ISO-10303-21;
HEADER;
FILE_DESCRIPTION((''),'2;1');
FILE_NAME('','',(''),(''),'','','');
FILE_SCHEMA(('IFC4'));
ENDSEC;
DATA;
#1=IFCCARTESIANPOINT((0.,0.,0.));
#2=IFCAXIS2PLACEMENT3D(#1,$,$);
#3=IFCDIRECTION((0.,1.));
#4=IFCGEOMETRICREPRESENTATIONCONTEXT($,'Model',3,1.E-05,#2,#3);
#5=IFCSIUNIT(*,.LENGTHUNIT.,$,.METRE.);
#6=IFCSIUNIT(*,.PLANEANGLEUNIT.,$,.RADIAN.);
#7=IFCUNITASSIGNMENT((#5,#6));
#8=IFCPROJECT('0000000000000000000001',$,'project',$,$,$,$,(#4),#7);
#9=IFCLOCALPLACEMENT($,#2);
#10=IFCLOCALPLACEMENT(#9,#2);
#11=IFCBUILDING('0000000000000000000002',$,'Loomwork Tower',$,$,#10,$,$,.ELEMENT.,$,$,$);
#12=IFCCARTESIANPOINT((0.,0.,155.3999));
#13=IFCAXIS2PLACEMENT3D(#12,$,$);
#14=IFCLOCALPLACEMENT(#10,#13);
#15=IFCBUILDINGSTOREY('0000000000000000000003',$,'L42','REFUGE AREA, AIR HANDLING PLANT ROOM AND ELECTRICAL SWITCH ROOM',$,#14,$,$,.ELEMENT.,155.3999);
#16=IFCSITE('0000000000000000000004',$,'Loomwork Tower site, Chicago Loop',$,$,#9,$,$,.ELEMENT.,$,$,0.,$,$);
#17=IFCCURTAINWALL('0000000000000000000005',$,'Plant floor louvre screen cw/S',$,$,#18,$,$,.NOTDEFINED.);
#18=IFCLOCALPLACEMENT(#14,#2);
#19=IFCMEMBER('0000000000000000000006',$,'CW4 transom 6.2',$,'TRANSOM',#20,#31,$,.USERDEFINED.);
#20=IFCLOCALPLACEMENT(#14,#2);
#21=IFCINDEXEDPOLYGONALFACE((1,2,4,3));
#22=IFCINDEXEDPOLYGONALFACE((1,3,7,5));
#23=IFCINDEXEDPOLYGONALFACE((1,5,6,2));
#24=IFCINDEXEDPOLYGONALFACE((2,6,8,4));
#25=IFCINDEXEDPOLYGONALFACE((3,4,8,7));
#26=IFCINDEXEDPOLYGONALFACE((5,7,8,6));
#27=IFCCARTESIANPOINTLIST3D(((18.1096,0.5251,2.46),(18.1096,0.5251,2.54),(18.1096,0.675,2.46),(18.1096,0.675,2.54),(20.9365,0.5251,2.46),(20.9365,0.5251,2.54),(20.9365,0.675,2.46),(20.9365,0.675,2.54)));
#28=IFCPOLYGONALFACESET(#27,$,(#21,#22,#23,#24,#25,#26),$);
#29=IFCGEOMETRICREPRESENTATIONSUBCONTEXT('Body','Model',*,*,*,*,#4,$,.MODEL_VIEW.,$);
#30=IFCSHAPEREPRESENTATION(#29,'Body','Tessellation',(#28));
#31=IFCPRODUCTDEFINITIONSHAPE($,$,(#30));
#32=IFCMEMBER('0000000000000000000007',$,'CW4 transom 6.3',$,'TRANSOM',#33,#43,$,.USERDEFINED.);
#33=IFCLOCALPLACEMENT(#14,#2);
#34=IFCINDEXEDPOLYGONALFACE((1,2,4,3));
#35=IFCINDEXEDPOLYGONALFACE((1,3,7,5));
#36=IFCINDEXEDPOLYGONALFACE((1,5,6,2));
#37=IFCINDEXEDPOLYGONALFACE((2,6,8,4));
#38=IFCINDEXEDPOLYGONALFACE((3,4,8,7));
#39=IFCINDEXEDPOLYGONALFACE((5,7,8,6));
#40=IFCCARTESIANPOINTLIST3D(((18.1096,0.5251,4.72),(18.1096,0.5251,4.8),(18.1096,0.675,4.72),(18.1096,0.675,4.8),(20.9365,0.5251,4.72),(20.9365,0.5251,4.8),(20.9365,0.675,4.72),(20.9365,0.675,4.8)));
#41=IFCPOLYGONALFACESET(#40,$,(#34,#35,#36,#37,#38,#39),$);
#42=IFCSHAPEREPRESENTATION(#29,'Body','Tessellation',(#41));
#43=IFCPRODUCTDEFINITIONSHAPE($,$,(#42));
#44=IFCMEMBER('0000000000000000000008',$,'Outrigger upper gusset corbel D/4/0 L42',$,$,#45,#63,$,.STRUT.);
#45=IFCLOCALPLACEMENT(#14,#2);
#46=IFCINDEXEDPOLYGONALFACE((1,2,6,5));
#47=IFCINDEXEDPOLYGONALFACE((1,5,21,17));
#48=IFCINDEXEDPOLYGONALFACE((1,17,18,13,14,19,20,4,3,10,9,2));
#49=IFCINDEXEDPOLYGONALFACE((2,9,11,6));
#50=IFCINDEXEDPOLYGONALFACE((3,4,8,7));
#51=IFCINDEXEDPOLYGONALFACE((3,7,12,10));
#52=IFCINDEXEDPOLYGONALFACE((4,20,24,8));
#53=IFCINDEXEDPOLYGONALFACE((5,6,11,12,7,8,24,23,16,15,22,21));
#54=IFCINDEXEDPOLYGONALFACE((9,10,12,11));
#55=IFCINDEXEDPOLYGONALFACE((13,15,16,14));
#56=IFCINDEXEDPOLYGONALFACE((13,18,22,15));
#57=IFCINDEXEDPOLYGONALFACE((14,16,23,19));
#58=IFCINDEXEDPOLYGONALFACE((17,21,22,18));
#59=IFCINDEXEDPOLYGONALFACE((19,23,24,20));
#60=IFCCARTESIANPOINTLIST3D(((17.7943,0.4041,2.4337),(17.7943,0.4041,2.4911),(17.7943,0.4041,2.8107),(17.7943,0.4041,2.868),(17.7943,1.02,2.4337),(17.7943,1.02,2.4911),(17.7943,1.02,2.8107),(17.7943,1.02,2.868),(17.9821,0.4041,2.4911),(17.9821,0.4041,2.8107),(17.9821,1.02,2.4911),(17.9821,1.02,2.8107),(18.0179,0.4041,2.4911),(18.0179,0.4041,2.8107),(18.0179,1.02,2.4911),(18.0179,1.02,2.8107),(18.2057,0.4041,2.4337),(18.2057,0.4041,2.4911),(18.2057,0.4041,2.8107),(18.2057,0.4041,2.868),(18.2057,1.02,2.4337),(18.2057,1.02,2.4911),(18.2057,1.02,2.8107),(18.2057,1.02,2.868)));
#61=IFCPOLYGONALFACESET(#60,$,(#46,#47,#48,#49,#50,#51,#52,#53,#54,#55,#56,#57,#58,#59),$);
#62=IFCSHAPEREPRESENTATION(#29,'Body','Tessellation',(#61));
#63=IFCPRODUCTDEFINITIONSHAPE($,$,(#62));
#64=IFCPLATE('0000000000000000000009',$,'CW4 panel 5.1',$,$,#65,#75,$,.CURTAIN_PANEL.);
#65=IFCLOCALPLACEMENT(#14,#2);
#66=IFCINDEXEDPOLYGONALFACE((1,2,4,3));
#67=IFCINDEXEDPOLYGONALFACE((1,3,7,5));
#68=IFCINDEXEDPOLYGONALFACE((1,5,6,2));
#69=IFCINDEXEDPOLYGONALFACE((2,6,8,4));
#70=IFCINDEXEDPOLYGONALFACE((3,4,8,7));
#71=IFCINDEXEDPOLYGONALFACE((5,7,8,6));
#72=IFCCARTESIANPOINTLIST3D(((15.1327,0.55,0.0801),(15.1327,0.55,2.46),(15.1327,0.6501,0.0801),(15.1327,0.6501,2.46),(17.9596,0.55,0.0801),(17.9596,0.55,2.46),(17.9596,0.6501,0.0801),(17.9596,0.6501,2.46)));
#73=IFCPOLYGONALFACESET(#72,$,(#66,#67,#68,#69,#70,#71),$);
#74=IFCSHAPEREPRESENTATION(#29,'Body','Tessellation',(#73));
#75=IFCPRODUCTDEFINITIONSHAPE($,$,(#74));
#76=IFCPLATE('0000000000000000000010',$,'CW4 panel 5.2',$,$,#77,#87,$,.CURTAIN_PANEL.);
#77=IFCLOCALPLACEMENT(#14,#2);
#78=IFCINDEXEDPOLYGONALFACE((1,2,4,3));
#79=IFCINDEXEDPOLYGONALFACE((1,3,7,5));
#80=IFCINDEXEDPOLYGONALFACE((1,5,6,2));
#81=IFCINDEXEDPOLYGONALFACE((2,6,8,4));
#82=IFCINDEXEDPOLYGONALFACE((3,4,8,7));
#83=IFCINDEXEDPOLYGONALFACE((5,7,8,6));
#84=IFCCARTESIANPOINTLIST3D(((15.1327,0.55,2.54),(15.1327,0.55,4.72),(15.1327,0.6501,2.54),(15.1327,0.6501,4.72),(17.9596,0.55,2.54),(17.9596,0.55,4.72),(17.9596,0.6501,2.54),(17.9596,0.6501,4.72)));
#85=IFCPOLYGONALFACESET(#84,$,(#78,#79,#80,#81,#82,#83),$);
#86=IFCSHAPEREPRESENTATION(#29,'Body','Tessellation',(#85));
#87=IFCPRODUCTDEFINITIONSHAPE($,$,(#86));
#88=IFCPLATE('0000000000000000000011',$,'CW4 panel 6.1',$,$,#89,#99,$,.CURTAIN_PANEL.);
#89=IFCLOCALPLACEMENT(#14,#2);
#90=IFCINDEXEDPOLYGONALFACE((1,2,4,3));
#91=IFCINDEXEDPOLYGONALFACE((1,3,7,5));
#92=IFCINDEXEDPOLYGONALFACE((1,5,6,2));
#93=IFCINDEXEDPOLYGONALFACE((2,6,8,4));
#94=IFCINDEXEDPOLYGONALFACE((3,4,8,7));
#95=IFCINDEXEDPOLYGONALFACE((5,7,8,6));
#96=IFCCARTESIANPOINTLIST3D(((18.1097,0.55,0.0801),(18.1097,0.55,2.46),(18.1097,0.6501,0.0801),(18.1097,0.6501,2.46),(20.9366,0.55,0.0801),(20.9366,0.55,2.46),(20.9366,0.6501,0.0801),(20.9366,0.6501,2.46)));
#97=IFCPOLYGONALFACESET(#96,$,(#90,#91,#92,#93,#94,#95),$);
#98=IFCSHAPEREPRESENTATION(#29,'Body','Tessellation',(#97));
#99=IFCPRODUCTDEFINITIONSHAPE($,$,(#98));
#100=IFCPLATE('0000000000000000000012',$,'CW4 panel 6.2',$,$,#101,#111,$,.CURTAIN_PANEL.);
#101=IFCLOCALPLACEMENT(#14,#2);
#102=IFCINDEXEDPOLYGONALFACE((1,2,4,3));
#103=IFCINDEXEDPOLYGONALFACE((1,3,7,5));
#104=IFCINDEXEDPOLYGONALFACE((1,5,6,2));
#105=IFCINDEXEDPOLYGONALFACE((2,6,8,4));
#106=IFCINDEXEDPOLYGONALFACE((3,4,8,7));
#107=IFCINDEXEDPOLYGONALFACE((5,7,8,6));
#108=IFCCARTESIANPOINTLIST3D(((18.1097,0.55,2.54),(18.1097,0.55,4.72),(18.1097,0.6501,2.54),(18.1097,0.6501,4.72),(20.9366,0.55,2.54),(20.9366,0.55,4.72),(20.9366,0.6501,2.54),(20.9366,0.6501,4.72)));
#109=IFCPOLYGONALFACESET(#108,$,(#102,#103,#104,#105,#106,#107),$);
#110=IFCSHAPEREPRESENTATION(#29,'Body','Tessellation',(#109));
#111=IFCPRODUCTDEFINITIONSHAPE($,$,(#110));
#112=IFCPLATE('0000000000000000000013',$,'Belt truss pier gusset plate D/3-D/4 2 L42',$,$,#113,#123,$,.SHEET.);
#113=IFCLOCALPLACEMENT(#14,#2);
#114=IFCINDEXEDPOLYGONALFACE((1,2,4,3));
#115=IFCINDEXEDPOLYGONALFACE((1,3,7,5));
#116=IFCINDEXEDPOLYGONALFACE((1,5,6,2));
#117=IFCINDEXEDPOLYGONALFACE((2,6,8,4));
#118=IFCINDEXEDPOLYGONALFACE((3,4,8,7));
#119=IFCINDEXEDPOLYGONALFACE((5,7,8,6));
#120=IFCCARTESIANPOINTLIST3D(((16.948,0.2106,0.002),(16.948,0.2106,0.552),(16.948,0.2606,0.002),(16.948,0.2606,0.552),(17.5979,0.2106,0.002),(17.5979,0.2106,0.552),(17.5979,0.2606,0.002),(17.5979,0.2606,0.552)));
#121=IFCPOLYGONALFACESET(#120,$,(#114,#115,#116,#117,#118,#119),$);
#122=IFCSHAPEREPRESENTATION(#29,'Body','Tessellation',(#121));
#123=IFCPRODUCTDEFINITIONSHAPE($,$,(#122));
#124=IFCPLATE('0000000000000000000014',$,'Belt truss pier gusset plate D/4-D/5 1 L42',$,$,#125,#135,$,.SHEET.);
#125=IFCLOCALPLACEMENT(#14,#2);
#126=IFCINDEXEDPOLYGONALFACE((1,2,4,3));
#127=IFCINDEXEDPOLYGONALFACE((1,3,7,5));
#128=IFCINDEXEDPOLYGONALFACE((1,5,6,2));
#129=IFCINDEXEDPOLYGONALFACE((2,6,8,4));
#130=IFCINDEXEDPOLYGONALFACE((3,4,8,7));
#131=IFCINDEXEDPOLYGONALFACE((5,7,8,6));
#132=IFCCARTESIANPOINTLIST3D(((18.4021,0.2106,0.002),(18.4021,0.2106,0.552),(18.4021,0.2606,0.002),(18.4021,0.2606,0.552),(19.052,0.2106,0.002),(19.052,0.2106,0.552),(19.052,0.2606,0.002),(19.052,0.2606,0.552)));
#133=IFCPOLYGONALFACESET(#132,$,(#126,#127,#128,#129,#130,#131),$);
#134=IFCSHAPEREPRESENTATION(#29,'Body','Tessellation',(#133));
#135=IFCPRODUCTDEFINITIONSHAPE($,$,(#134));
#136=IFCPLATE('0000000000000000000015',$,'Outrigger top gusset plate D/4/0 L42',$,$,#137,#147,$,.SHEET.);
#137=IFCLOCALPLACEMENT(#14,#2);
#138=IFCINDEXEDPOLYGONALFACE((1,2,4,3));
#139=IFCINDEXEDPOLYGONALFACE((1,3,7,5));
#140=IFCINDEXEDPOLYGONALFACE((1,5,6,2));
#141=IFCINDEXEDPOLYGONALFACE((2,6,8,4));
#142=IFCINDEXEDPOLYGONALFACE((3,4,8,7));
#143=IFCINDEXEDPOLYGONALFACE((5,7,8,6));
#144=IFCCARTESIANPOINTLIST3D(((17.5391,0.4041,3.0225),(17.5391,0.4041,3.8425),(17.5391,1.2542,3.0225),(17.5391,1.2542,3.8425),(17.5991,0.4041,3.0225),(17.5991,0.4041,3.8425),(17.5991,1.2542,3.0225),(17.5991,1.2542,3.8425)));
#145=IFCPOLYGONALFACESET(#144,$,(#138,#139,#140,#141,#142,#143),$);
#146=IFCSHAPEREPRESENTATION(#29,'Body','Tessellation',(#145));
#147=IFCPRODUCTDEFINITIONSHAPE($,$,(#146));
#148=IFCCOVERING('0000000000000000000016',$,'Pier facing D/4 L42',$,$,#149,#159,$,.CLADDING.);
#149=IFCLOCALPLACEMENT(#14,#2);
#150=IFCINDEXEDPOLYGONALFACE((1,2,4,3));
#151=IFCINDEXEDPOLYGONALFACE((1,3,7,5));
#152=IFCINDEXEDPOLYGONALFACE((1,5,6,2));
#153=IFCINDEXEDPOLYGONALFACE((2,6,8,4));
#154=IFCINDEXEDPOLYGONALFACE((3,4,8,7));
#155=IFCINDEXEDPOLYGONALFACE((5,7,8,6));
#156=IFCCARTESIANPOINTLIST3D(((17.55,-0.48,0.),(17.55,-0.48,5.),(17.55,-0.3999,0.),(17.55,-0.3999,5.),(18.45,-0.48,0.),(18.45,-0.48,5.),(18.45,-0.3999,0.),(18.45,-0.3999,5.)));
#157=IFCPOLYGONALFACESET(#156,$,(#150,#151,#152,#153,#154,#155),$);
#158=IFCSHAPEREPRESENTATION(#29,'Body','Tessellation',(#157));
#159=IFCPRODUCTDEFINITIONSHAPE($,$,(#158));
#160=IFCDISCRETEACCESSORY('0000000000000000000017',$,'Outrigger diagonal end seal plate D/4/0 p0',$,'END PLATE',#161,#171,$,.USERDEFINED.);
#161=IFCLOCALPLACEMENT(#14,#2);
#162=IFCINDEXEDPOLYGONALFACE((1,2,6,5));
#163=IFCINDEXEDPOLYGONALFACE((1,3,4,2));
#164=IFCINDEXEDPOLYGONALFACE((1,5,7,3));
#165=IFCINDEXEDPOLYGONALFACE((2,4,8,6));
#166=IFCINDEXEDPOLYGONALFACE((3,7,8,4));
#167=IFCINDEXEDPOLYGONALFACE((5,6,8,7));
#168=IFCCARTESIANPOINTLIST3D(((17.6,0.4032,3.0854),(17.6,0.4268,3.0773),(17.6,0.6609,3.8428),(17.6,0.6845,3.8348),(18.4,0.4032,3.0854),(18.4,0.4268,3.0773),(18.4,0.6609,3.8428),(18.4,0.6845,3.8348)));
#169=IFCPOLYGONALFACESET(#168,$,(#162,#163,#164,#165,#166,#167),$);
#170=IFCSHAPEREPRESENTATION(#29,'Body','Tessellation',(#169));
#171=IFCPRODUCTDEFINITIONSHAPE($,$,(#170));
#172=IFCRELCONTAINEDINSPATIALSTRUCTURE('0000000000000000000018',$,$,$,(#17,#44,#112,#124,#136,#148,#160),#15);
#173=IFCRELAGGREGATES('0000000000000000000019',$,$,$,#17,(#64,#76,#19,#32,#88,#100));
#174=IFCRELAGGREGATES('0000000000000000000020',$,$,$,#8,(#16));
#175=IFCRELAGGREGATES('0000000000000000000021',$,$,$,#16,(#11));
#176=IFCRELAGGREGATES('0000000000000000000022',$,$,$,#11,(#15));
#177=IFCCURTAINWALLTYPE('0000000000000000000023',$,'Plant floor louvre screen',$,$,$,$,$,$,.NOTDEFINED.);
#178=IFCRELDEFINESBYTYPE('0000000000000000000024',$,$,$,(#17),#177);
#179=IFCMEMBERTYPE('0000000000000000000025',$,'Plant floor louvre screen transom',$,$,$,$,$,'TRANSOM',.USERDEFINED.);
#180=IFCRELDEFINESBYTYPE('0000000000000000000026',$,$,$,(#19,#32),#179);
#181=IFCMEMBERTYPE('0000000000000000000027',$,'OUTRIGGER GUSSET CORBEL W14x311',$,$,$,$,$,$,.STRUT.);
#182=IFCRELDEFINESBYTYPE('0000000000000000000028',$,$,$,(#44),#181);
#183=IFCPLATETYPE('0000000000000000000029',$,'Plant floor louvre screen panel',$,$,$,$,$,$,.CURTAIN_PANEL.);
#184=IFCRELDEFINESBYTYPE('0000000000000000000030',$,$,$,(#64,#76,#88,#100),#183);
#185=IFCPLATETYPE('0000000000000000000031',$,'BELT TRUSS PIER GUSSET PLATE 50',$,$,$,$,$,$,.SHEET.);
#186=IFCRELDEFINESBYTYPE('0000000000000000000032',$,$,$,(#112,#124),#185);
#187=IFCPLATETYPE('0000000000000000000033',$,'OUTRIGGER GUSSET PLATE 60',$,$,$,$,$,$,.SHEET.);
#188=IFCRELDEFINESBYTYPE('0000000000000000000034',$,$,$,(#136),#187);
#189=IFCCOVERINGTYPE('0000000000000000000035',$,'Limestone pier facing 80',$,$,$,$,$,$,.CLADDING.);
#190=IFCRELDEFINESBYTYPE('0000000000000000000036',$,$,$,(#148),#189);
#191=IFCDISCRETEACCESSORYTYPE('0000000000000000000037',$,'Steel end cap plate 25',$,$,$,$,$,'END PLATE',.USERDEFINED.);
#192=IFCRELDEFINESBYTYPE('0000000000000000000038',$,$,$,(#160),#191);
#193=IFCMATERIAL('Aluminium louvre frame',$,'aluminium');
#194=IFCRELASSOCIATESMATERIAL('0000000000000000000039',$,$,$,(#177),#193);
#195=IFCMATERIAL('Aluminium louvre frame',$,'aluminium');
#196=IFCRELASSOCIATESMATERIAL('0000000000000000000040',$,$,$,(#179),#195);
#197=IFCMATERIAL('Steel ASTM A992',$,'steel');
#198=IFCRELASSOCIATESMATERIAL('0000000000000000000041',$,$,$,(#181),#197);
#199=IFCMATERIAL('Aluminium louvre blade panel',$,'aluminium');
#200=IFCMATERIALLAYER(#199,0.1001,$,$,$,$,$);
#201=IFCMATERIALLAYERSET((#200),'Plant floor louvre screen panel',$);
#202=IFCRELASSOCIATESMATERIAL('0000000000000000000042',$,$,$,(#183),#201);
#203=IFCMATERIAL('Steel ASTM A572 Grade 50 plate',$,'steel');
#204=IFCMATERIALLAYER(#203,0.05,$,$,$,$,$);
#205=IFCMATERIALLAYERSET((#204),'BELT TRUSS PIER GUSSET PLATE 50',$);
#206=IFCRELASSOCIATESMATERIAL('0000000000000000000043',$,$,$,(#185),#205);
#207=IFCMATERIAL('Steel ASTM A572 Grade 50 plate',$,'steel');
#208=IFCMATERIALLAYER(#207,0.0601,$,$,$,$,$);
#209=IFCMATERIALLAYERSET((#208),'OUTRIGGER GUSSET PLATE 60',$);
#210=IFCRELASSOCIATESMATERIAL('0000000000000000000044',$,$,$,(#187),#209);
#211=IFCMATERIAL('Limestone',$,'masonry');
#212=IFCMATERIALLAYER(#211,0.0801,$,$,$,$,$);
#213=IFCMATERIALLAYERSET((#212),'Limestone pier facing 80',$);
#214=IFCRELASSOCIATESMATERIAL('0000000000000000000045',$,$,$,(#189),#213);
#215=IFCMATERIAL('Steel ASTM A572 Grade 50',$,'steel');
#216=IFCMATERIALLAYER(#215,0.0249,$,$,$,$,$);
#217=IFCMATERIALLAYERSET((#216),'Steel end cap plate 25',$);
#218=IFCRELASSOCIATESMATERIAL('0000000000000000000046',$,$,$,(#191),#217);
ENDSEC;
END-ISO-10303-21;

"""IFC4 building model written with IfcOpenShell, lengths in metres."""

from ifc_helpers import new_model, si_unit, direction, frame, origin, origin_2d, place, context, subcontext, project, spatial, rectangle, i_section, extrude, material, layer, layer_set, material_profile, profile_set, type_object, element, aggregate, save


model = new_model("IFC4")

# Units and contexts
model_context = context("Model", 3, precision=1e-05, world=origin(), true_north=direction((0.0, 1.0)))
body_context = subcontext(model_context, "Body", "Model", "MODEL_VIEW")
ifc_project = project(units=[si_unit("LENGTHUNIT", "METRE"), si_unit("PLANEANGLEUNIT", "RADIAN")], contexts=[model_context])

# Site, building, storey
site_placement = place(None, origin())
site = spatial("IfcSite", under=ifc_project, at=site_placement, Name="Loomwork Tower site, Chicago Loop", CompositionType="ELEMENT", RefElevation=0.0)
building_placement = place(site_placement, origin())
building = spatial("IfcBuilding", under=site, at=building_placement, Name="Loomwork Tower", CompositionType="ELEMENT")
storey_placement = place(building_placement, frame((0.0, 0.0, 155.3999)))
storey = spatial("IfcBuildingStorey", under=building, at=storey_placement, Name="L42", Description="REFUGE AREA, AIR HANDLING PLANT ROOM AND ELECTRICAL SWITCH ROOM", CompositionType="ELEMENT", Elevation=155.3999)

# Curtain wall, members
ifc_material_1 = material(Name="Aluminium louvre frame", Category="aluminium")
curtain_wall_type = type_object("IfcCurtainWallType", Name="Plant floor louvre screen", PredefinedType="NOTDEFINED", material=ifc_material_1)
curtain_wall_placement = place(storey_placement, origin())
curtain_wall = element("IfcCurtainWall", 1, at=curtain_wall_placement, inside=storey, type_object=curtain_wall_type, Name="Plant floor louvre screen cw/S", PredefinedType="NOTDEFINED")
ifc_material_2 = material(Name="Aluminium louvre frame", Category="aluminium")
ifc_material_profile_1 = material_profile(ifc_material_2, rectangle(XDim=0.1499, YDim=0.0801, at=origin_2d()), Name="AL 80x150")
ifc_profile_set_1 = profile_set([ifc_material_profile_1], Name="Aluminium louvre frame")
member_type_1 = type_object("IfcMemberType", Name="Plant floor louvre screen transom", ElementType="TRANSOM", PredefinedType="USERDEFINED", material=ifc_profile_set_1)
member_1_placement = place(storey_placement, frame((18.1096, 0.6001, 2.5), z_axis=(1.0, 0.0, 0.0), x_axis=(0.0, 1.0, 0.0)))
member_1 = element("IfcMember", 2, at=member_1_placement, type_object=member_type_1, Name="CW4 transom 6.2", ObjectType="TRANSOM", PredefinedType="USERDEFINED", context=body_context, shape_type="SweptSolid", body=[
    extrude(rectangle(XDim=0.1499, YDim=0.0801, at=origin_2d()), origin(), (0.0, 0.0, 1.0), 2.8269),
])
member_2_placement = place(storey_placement, frame((18.1096, 0.6001, 4.76), z_axis=(1.0, 0.0, 0.0), x_axis=(0.0, 1.0, 0.0)))
member_2 = element("IfcMember", 3, at=member_2_placement, type_object=member_type_1, Name="CW4 transom 6.3", ObjectType="TRANSOM", PredefinedType="USERDEFINED", context=body_context, shape_type="SweptSolid", body=[
    extrude(rectangle(XDim=0.1499, YDim=0.0801, at=origin_2d()), origin(), (0.0, 0.0, 1.0), 2.8269),
])

# Member
ifc_material_3 = material(Name="Steel ASTM A992", Category="steel")
ifc_material_profile_2 = material_profile(ifc_material_3, i_section(OverallWidth=0.4114, OverallDepth=0.4343, WebThickness=0.0359, FlangeThickness=0.0574, at=origin_2d()), Name="W14x311")
ifc_profile_set_2 = profile_set([ifc_material_profile_2], Name="Steel ASTM A992")
member_type_2 = type_object("IfcMemberType", Name="OUTRIGGER GUSSET CORBEL W14x311", PredefinedType="STRUT", material=ifc_profile_set_2)
member_3_placement = place(storey_placement, frame((18.0, 0.4041, 2.6509), z_axis=(0.0, 1.0, 0.0), x_axis=(-1.0, 0.0, 0.0)))
element("IfcMember", 4, at=member_3_placement, inside=storey, type_object=member_type_2, Name="Outrigger upper gusset corbel D/4/0 L42", PredefinedType="STRUT", context=body_context, shape_type="SweptSolid", body=[
    extrude(i_section(OverallWidth=0.4114, OverallDepth=0.4343, WebThickness=0.0359, FlangeThickness=0.0574, at=origin_2d()), origin(), (0.0, 0.0, 1.0), 0.616),
])

# Plates
ifc_material_4 = material(Name="Aluminium louvre blade panel", Category="aluminium")
ifc_layer_1 = layer(ifc_material_4, 0.1001)
ifc_layer_set_1 = layer_set([ifc_layer_1], Name="Plant floor louvre screen panel")
plate_type_1 = type_object("IfcPlateType", Name="Plant floor louvre screen panel", PredefinedType="CURTAIN_PANEL", material=ifc_layer_set_1)
plate_1_placement = place(storey_placement, frame((16.5461, 0.6001, 0.0801), z_axis=(0.0, 0.0, 1.0), x_axis=(1.0, 0.0, 0.0)))
plate_1 = element("IfcPlate", 5, at=plate_1_placement, type_object=plate_type_1, Name="CW4 panel 5.1", PredefinedType="CURTAIN_PANEL", context=body_context, shape_type="SweptSolid", body=[
    extrude(rectangle(XDim=2.8269, YDim=0.1001, at=origin_2d()), origin(), (0.0, 0.0, 1.0), 2.3799),
])
plate_2_placement = place(storey_placement, frame((16.5461, 0.6001, 2.54), z_axis=(0.0, 0.0, 1.0), x_axis=(1.0, 0.0, 0.0)))
plate_2 = element("IfcPlate", 6, at=plate_2_placement, type_object=plate_type_1, Name="CW4 panel 5.2", PredefinedType="CURTAIN_PANEL", context=body_context, shape_type="SweptSolid", body=[
    extrude(rectangle(XDim=2.8269, YDim=0.1001, at=origin_2d()), origin(), (0.0, 0.0, 1.0), 2.1799),
])
plate_3_placement = place(storey_placement, frame((19.5232, 0.6001, 0.0801), z_axis=(0.0, 0.0, 1.0), x_axis=(1.0, 0.0, 0.0)))
plate_3 = element("IfcPlate", 7, at=plate_3_placement, type_object=plate_type_1, Name="CW4 panel 6.1", PredefinedType="CURTAIN_PANEL", context=body_context, shape_type="SweptSolid", body=[
    extrude(rectangle(XDim=2.8269, YDim=0.1001, at=origin_2d()), origin(), (0.0, 0.0, 1.0), 2.3799),
])
plate_4_placement = place(storey_placement, frame((19.5232, 0.6001, 2.54), z_axis=(0.0, 0.0, 1.0), x_axis=(1.0, 0.0, 0.0)))
plate_4 = element("IfcPlate", 8, at=plate_4_placement, type_object=plate_type_1, Name="CW4 panel 6.2", PredefinedType="CURTAIN_PANEL", context=body_context, shape_type="SweptSolid", body=[
    extrude(rectangle(XDim=2.8269, YDim=0.1001, at=origin_2d()), origin(), (0.0, 0.0, 1.0), 2.1799),
])
aggregate(curtain_wall, [plate_1, plate_2, member_1, member_2, plate_3, plate_4])

# Plates
ifc_material_5 = material(Name="Steel ASTM A572 Grade 50 plate", Category="steel")
ifc_layer_2 = layer(ifc_material_5, 0.05)
ifc_layer_set_2 = layer_set([ifc_layer_2], Name="BELT TRUSS PIER GUSSET PLATE 50")
plate_type_2 = type_object("IfcPlateType", Name="BELT TRUSS PIER GUSSET PLATE 50", PredefinedType="SHEET", material=ifc_layer_set_2)
for number, where, z_axis, x_axis, name in (
    (9, (17.2729, 0.2356, 0.002), (0.0, 0.0, 1.0), (1.0, 0.0, 0.0), "Belt truss pier gusset plate D/3-D/4 2 L42"),
    (10, (18.7271, 0.2356, 0.002), (0.0, 0.0, 1.0), (1.0, 0.0, 0.0), "Belt truss pier gusset plate D/4-D/5 1 L42"),
):
    element("IfcPlate", number, at=place(storey_placement, frame(where, z_axis=z_axis, x_axis=x_axis)), inside=storey, type_object=plate_type_2, Name=name, PredefinedType="SHEET", context=body_context, shape_type="SweptSolid", body=[
        extrude(rectangle(XDim=0.6499, YDim=0.05, at=origin_2d()), origin(), (0.0, 0.0, 1.0), 0.55),
    ])
ifc_material_6 = material(Name="Steel ASTM A572 Grade 50 plate", Category="steel")
ifc_layer_3 = layer(ifc_material_6, 0.0601)
ifc_layer_set_3 = layer_set([ifc_layer_3], Name="OUTRIGGER GUSSET PLATE 60")
plate_type_3 = type_object("IfcPlateType", Name="OUTRIGGER GUSSET PLATE 60", PredefinedType="SHEET", material=ifc_layer_set_3)
plate_5_placement = place(storey_placement, frame((17.5691, 0.8291, 3.0225), z_axis=(0.0, 0.0, 1.0), x_axis=(0.0, 1.0, 0.0)))
element("IfcPlate", 11, at=plate_5_placement, inside=storey, type_object=plate_type_3, Name="Outrigger top gusset plate D/4/0 L42", PredefinedType="SHEET", context=body_context, shape_type="SweptSolid", body=[
    extrude(rectangle(XDim=0.8501, YDim=0.0601, at=origin_2d()), origin(), (0.0, 0.0, 1.0), 0.8201),
])

# Covering
ifc_material_7 = material(Name="Limestone", Category="masonry")
ifc_layer_4 = layer(ifc_material_7, 0.0801)
ifc_layer_set_4 = layer_set([ifc_layer_4], Name="Limestone pier facing 80")
covering_type = type_object("IfcCoveringType", Name="Limestone pier facing 80", PredefinedType="CLADDING", material=ifc_layer_set_4)
covering_placement = place(storey_placement, frame((18.0, -0.4399, 0.0), z_axis=(0.0, 0.0, 1.0), x_axis=(1.0, 0.0, 0.0)))
element("IfcCovering", 12, at=covering_placement, inside=storey, type_object=covering_type, Name="Pier facing D/4 L42", PredefinedType="CLADDING", context=body_context, shape_type="SweptSolid", body=[
    extrude(rectangle(XDim=0.8999, YDim=0.0801, at=origin_2d()), origin(), (0.0, 0.0, 1.0), 5.0),
])

# Discrete accessory
ifc_material_8 = material(Name="Steel ASTM A572 Grade 50", Category="steel")
ifc_layer_5 = layer(ifc_material_8, 0.0249)
ifc_layer_set_5 = layer_set([ifc_layer_5], Name="Steel end cap plate 25")
discrete_accessory_type = type_object("IfcDiscreteAccessoryType", Name="Steel end cap plate 25", ElementType="END PLATE", PredefinedType="USERDEFINED", material=ifc_layer_set_5)
discrete_accessory_placement = place(storey_placement, frame((18.0, 0.5557, 3.4561), z_axis=(0.0, -0.946713, 0.322078), x_axis=(1.0, 0.0, 0.0)))
element("IfcDiscreteAccessory", 13, at=discrete_accessory_placement, inside=storey, type_object=discrete_accessory_type, Name="Outrigger diagonal end seal plate D/4/0 p0", ObjectType="END PLATE", PredefinedType="USERDEFINED", context=body_context, shape_type="SweptSolid", body=[
    extrude(rectangle(XDim=0.8, YDim=0.8, at=origin_2d()), origin(), (0.0, 0.0, 1.0), 0.0249),
])

save(model, "model.ifc")
